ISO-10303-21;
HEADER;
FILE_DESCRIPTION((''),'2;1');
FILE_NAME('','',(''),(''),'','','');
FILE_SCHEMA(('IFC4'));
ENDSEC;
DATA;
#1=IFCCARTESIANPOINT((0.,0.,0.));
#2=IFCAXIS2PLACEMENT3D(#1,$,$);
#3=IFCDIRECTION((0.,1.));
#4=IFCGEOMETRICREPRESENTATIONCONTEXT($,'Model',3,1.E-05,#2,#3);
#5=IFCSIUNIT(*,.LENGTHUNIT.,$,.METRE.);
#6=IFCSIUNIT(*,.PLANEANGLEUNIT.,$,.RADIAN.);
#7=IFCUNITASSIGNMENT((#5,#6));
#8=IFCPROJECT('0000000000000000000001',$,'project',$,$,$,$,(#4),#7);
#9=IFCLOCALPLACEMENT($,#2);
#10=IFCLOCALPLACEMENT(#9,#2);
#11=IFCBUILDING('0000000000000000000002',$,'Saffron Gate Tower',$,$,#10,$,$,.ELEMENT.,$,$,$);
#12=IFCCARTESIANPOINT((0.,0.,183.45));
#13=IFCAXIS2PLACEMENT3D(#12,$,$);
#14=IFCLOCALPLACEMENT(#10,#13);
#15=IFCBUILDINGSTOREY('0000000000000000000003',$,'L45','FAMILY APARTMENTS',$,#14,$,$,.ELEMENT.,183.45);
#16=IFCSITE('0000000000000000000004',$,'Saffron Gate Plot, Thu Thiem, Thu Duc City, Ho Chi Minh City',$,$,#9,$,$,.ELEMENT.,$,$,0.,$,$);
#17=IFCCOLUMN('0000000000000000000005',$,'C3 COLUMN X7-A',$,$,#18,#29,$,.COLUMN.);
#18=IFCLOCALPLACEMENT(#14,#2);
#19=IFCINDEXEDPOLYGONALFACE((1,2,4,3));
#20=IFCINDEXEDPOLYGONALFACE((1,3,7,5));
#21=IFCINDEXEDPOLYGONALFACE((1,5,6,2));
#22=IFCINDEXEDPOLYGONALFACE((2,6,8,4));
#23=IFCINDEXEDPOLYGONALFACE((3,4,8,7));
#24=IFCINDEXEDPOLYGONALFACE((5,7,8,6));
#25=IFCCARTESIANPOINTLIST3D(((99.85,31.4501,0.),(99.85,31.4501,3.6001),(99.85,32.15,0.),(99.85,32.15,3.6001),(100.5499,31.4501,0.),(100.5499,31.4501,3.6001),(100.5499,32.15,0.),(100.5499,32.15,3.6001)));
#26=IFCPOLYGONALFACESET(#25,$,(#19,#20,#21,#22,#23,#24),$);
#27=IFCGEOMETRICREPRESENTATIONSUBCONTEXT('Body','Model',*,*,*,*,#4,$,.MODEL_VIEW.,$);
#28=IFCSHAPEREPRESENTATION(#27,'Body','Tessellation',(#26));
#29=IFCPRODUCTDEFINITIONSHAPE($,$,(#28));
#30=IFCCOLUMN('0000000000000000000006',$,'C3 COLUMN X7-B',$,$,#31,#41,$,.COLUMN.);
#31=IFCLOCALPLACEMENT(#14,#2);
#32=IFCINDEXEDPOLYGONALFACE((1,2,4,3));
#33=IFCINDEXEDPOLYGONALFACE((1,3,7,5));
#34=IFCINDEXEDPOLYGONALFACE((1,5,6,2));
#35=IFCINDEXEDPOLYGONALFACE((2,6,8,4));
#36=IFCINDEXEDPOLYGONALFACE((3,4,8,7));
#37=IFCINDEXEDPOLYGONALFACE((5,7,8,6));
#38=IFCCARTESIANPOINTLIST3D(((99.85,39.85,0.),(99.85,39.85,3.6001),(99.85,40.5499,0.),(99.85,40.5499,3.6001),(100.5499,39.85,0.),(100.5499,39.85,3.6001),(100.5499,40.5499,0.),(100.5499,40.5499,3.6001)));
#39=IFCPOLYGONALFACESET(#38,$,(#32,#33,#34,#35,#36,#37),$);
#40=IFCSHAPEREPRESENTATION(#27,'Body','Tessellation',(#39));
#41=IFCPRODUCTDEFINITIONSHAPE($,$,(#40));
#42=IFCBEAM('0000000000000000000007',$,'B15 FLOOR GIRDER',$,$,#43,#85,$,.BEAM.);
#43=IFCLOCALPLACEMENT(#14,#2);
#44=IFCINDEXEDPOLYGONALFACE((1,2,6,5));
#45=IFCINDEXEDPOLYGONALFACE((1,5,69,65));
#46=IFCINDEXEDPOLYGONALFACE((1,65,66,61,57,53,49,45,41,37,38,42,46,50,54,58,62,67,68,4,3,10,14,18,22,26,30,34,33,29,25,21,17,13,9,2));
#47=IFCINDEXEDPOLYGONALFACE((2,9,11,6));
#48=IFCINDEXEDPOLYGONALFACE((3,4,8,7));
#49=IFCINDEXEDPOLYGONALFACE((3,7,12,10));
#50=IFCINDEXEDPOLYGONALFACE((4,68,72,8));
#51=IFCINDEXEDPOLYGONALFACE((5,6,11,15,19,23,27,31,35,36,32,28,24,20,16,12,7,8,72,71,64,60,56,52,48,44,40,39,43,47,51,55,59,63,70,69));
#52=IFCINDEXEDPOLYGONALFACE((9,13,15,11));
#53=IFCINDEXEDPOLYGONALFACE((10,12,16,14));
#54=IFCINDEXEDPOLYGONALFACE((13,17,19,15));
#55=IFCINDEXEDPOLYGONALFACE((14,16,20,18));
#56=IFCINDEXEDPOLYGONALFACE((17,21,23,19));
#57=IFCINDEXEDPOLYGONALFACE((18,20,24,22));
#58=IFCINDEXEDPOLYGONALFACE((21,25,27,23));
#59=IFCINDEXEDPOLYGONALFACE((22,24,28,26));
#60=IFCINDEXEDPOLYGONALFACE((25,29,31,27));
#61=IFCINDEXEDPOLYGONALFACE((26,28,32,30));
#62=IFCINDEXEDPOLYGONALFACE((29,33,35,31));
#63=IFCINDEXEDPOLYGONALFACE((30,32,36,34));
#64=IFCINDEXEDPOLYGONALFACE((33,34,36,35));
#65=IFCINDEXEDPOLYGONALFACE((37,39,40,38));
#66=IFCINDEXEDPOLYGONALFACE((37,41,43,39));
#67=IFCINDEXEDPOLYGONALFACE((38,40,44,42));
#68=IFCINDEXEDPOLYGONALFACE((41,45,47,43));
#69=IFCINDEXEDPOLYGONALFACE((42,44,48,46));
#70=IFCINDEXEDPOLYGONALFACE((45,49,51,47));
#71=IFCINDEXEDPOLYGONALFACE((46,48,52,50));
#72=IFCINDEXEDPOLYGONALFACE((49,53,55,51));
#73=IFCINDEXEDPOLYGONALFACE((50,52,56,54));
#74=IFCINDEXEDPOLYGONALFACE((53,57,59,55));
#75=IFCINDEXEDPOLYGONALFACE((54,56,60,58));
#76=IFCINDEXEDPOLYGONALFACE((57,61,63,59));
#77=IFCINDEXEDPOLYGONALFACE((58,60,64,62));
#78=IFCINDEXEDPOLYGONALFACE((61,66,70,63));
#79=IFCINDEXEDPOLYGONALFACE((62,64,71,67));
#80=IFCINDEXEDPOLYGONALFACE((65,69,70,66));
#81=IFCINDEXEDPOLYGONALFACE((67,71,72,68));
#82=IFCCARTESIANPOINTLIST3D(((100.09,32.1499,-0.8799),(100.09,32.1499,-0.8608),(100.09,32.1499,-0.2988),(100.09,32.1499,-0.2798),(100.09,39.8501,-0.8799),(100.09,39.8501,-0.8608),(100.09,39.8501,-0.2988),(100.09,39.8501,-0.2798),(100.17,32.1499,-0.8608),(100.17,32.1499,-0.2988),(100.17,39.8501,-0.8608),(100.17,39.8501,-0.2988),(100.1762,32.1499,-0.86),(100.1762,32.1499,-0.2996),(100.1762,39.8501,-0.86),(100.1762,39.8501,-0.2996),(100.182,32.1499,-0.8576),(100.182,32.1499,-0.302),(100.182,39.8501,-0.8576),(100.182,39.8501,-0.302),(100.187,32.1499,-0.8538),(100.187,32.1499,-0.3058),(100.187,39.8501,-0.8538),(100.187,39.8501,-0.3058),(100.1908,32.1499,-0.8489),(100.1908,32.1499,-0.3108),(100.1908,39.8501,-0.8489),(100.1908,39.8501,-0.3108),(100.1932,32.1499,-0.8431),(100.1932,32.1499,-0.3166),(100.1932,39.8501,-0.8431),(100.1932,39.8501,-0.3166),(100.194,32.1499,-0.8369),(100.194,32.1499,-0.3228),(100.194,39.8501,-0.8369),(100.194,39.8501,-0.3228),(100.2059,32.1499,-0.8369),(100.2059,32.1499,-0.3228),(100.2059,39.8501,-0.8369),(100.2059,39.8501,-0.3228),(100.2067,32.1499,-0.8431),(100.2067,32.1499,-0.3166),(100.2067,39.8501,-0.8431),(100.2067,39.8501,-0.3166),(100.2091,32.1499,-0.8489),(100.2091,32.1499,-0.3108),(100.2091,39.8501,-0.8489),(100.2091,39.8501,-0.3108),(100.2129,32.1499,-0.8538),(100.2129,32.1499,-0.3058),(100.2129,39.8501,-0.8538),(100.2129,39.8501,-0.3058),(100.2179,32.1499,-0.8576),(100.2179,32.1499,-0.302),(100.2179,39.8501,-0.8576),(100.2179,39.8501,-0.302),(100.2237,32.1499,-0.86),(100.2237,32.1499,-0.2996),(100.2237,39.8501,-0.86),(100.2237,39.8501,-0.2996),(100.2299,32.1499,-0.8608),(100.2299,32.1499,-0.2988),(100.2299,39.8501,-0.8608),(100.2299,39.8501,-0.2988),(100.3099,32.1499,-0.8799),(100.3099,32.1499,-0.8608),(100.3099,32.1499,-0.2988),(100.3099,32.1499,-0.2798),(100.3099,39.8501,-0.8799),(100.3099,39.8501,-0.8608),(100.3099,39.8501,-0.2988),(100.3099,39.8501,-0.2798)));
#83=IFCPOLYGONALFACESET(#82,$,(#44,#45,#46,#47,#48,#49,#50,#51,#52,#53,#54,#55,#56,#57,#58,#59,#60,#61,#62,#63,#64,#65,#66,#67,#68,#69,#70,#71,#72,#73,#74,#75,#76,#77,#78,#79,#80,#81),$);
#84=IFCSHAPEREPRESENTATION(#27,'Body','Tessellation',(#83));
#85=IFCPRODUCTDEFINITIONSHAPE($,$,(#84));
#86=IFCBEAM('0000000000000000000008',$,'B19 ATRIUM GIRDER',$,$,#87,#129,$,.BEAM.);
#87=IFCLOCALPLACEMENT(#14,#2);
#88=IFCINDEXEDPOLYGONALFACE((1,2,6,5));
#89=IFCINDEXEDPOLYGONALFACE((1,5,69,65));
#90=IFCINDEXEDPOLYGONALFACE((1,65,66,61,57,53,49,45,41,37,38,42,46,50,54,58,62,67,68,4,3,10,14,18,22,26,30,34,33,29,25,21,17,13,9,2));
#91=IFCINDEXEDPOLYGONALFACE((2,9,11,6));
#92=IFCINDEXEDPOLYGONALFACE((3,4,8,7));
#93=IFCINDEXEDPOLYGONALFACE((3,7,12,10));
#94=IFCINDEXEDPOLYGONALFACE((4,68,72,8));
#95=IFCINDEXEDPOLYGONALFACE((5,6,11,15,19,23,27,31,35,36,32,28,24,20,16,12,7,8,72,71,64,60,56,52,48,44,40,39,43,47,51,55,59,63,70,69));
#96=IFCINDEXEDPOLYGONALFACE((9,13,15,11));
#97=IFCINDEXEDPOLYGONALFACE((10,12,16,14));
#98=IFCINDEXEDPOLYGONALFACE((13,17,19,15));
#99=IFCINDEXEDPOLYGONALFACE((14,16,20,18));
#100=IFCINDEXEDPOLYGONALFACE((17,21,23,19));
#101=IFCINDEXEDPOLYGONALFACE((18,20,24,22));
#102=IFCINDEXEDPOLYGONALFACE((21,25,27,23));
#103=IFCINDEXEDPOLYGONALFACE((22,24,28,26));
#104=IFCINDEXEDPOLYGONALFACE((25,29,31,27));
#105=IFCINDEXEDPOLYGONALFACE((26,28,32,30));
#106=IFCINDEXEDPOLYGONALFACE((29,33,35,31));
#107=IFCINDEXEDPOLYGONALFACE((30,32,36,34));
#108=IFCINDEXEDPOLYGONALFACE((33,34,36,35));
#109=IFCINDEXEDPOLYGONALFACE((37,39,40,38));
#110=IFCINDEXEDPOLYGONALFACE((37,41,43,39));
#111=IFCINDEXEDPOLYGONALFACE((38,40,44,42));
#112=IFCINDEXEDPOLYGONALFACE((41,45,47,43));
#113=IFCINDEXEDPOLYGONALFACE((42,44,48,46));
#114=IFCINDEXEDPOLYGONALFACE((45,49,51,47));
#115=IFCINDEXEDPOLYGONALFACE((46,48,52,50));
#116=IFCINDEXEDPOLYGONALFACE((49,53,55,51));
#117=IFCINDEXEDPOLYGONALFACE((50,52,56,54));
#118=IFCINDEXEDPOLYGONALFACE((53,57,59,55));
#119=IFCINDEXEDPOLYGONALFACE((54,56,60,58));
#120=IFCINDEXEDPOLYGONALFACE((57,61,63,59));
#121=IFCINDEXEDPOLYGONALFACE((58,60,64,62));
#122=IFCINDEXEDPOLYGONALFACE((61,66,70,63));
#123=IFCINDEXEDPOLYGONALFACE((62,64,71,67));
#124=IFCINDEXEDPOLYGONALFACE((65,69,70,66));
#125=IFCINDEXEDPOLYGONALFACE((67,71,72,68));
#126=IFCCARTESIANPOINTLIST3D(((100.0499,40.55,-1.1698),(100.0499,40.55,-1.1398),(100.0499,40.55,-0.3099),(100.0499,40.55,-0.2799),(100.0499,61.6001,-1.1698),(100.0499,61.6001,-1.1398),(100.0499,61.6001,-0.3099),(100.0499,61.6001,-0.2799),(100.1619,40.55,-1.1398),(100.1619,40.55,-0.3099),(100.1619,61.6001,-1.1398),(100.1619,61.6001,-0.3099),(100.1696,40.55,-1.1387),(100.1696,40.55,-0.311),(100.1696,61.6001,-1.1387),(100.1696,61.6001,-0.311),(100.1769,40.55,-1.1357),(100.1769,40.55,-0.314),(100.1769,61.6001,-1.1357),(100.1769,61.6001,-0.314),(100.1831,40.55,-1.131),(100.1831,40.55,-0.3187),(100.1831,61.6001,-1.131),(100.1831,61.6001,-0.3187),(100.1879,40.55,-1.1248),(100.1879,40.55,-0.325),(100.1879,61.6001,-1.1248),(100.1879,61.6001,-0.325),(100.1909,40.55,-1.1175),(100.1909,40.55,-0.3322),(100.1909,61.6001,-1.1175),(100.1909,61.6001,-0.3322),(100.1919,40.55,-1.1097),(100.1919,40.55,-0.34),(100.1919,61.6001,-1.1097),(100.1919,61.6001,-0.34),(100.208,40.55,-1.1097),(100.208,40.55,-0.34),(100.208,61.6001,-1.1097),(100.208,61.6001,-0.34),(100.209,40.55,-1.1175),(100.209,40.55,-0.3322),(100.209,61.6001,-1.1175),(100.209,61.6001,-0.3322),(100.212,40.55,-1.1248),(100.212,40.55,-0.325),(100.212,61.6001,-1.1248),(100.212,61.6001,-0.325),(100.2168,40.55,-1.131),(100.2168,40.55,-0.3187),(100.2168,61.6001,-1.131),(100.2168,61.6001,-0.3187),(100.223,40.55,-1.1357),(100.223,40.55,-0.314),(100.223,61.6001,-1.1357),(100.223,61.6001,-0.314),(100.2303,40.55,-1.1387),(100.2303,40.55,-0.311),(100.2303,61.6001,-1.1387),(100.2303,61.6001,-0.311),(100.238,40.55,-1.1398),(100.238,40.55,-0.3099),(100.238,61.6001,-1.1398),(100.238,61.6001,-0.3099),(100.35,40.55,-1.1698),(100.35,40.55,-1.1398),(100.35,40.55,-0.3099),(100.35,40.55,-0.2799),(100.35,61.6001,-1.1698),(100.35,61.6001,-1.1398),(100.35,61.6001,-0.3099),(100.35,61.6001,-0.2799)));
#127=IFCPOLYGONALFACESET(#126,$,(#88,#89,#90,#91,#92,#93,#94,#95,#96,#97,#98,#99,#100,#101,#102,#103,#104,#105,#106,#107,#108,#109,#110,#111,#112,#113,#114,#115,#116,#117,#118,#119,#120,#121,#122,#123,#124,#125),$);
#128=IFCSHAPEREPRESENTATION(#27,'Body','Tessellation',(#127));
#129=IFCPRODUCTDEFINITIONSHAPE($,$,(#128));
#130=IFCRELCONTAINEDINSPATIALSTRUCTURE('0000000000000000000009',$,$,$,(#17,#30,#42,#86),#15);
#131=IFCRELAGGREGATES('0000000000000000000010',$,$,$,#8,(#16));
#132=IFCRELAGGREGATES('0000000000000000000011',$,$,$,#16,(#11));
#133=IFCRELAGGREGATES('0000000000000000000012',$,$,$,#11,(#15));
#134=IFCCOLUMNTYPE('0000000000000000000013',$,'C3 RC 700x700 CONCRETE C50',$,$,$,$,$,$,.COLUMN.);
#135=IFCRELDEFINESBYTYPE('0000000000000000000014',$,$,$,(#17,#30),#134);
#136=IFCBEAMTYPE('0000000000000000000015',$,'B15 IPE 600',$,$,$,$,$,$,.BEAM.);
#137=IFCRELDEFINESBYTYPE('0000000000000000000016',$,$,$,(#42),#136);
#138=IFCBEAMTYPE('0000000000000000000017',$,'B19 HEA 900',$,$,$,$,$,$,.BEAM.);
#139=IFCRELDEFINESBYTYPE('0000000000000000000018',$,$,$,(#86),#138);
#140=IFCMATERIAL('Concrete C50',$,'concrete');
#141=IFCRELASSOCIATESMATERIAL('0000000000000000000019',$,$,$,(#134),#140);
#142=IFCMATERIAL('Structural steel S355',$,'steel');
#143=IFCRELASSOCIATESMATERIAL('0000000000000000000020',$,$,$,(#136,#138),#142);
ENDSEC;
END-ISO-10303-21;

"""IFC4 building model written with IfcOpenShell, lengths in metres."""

from ifc_helpers import new_model, si_unit, direction, frame, origin, origin_2d, place, context, subcontext, project, spatial, rectangle, i_section, extrude, material, material_profile, profile_set, type_object, element, save


model = new_model("IFC4")

# Units and contexts
model_context = context("Model", 3, precision=1e-05, world=origin(), true_north=direction((0.0, 1.0)))
body_context = subcontext(model_context, "Body", "Model", "MODEL_VIEW")
ifc_project = project(units=[si_unit("LENGTHUNIT", "METRE"), si_unit("PLANEANGLEUNIT", "RADIAN")], contexts=[model_context])

# Site, building, storey
site_placement = place(None, origin())
site = spatial("IfcSite", under=ifc_project, at=site_placement, Name="Saffron Gate Plot, Thu Thiem, Thu Duc City, Ho Chi Minh City", CompositionType="ELEMENT", RefElevation=0.0)
building_placement = place(site_placement, origin())
building = spatial("IfcBuilding", under=site, at=building_placement, Name="Saffron Gate Tower", CompositionType="ELEMENT")
storey_placement = place(building_placement, frame((0.0, 0.0, 183.45)))
storey = spatial("IfcBuildingStorey", under=building, at=storey_placement, Name="L45", Description="FAMILY APARTMENTS", CompositionType="ELEMENT", Elevation=183.45)

# Columns
ifc_material_1 = material(Name="Concrete C50", Category="concrete")
ifc_material_profile_1 = material_profile(ifc_material_1, rectangle(XDim=0.7, YDim=0.7, at=origin_2d()))
ifc_profile_set_1 = profile_set([ifc_material_profile_1], Name="Concrete C50")
column_type = type_object("IfcColumnType", Name="C3 RC 700x700 CONCRETE C50", PredefinedType="COLUMN", material=ifc_profile_set_1)
for number, where, z_axis, x_axis, name in (
    (1, (100.2, 31.8, 0.0), (0.0, 0.0, 1.0), (1.0, 0.0, 0.0), "C3 COLUMN X7-A"),
    (2, (100.2, 40.2, 0.0), (0.0, 0.0, 1.0), (1.0, 0.0, 0.0), "C3 COLUMN X7-B"),
):
    element("IfcColumn", number, at=place(storey_placement, frame(where, z_axis=z_axis, x_axis=x_axis)), inside=storey, type_object=column_type, Name=name, PredefinedType="COLUMN", context=body_context, shape_type="SweptSolid", body=[
        extrude(rectangle(XDim=0.7, YDim=0.7, at=origin_2d()), origin(), (0.0, 0.0, 1.0), 3.6001),
    ])

# Beams
ifc_material_2 = material(Name="Structural steel S355", Category="steel")
ifc_material_profile_2 = material_profile(ifc_material_2, i_section(OverallWidth=0.22, OverallDepth=0.6001, WebThickness=0.012, FlangeThickness=0.019, FilletRadius=0.0239, at=origin_2d()))
ifc_profile_set_2 = profile_set([ifc_material_profile_2], Name="Structural steel S355")
beam_type_1 = type_object("IfcBeamType", Name="B15 IPE 600", PredefinedType="BEAM", material=ifc_profile_set_2)
beam_1_placement = place(storey_placement, frame((100.2, 32.1499, -0.5798), z_axis=(0.0, 1.0, 0.0), x_axis=(-1.0, 0.0, 0.0)))
element("IfcBeam", 3, at=beam_1_placement, inside=storey, type_object=beam_type_1, Name="B15 FLOOR GIRDER", PredefinedType="BEAM", context=body_context, shape_type="SweptSolid", body=[
    extrude(i_section(OverallWidth=0.22, OverallDepth=0.6001, WebThickness=0.012, FlangeThickness=0.019, FilletRadius=0.0239, at=origin_2d()), origin(), (0.0, 0.0, 1.0), 7.7002),
])
ifc_material_profile_3 = material_profile(ifc_material_2, i_section(OverallWidth=0.3, OverallDepth=0.8899, WebThickness=0.0161, FlangeThickness=0.03, FilletRadius=0.03, at=origin_2d()))
ifc_profile_set_3 = profile_set([ifc_material_profile_3], Name="Structural steel S355")
beam_type_2 = type_object("IfcBeamType", Name="B19 HEA 900", PredefinedType="BEAM", material=ifc_profile_set_3)
beam_2_placement = place(storey_placement, frame((100.2, 40.55, -0.7249), z_axis=(0.0, 1.0, 0.0), x_axis=(-1.0, 0.0, 0.0)))
element("IfcBeam", 4, at=beam_2_placement, inside=storey, type_object=beam_type_2, Name="B19 ATRIUM GIRDER", PredefinedType="BEAM", context=body_context, shape_type="SweptSolid", body=[
    extrude(i_section(OverallWidth=0.3, OverallDepth=0.8899, WebThickness=0.0161, FlangeThickness=0.03, FilletRadius=0.03, at=origin_2d()), origin(), (0.0, 0.0, 1.0), 21.05),
])

save(model, "model.ifc")
